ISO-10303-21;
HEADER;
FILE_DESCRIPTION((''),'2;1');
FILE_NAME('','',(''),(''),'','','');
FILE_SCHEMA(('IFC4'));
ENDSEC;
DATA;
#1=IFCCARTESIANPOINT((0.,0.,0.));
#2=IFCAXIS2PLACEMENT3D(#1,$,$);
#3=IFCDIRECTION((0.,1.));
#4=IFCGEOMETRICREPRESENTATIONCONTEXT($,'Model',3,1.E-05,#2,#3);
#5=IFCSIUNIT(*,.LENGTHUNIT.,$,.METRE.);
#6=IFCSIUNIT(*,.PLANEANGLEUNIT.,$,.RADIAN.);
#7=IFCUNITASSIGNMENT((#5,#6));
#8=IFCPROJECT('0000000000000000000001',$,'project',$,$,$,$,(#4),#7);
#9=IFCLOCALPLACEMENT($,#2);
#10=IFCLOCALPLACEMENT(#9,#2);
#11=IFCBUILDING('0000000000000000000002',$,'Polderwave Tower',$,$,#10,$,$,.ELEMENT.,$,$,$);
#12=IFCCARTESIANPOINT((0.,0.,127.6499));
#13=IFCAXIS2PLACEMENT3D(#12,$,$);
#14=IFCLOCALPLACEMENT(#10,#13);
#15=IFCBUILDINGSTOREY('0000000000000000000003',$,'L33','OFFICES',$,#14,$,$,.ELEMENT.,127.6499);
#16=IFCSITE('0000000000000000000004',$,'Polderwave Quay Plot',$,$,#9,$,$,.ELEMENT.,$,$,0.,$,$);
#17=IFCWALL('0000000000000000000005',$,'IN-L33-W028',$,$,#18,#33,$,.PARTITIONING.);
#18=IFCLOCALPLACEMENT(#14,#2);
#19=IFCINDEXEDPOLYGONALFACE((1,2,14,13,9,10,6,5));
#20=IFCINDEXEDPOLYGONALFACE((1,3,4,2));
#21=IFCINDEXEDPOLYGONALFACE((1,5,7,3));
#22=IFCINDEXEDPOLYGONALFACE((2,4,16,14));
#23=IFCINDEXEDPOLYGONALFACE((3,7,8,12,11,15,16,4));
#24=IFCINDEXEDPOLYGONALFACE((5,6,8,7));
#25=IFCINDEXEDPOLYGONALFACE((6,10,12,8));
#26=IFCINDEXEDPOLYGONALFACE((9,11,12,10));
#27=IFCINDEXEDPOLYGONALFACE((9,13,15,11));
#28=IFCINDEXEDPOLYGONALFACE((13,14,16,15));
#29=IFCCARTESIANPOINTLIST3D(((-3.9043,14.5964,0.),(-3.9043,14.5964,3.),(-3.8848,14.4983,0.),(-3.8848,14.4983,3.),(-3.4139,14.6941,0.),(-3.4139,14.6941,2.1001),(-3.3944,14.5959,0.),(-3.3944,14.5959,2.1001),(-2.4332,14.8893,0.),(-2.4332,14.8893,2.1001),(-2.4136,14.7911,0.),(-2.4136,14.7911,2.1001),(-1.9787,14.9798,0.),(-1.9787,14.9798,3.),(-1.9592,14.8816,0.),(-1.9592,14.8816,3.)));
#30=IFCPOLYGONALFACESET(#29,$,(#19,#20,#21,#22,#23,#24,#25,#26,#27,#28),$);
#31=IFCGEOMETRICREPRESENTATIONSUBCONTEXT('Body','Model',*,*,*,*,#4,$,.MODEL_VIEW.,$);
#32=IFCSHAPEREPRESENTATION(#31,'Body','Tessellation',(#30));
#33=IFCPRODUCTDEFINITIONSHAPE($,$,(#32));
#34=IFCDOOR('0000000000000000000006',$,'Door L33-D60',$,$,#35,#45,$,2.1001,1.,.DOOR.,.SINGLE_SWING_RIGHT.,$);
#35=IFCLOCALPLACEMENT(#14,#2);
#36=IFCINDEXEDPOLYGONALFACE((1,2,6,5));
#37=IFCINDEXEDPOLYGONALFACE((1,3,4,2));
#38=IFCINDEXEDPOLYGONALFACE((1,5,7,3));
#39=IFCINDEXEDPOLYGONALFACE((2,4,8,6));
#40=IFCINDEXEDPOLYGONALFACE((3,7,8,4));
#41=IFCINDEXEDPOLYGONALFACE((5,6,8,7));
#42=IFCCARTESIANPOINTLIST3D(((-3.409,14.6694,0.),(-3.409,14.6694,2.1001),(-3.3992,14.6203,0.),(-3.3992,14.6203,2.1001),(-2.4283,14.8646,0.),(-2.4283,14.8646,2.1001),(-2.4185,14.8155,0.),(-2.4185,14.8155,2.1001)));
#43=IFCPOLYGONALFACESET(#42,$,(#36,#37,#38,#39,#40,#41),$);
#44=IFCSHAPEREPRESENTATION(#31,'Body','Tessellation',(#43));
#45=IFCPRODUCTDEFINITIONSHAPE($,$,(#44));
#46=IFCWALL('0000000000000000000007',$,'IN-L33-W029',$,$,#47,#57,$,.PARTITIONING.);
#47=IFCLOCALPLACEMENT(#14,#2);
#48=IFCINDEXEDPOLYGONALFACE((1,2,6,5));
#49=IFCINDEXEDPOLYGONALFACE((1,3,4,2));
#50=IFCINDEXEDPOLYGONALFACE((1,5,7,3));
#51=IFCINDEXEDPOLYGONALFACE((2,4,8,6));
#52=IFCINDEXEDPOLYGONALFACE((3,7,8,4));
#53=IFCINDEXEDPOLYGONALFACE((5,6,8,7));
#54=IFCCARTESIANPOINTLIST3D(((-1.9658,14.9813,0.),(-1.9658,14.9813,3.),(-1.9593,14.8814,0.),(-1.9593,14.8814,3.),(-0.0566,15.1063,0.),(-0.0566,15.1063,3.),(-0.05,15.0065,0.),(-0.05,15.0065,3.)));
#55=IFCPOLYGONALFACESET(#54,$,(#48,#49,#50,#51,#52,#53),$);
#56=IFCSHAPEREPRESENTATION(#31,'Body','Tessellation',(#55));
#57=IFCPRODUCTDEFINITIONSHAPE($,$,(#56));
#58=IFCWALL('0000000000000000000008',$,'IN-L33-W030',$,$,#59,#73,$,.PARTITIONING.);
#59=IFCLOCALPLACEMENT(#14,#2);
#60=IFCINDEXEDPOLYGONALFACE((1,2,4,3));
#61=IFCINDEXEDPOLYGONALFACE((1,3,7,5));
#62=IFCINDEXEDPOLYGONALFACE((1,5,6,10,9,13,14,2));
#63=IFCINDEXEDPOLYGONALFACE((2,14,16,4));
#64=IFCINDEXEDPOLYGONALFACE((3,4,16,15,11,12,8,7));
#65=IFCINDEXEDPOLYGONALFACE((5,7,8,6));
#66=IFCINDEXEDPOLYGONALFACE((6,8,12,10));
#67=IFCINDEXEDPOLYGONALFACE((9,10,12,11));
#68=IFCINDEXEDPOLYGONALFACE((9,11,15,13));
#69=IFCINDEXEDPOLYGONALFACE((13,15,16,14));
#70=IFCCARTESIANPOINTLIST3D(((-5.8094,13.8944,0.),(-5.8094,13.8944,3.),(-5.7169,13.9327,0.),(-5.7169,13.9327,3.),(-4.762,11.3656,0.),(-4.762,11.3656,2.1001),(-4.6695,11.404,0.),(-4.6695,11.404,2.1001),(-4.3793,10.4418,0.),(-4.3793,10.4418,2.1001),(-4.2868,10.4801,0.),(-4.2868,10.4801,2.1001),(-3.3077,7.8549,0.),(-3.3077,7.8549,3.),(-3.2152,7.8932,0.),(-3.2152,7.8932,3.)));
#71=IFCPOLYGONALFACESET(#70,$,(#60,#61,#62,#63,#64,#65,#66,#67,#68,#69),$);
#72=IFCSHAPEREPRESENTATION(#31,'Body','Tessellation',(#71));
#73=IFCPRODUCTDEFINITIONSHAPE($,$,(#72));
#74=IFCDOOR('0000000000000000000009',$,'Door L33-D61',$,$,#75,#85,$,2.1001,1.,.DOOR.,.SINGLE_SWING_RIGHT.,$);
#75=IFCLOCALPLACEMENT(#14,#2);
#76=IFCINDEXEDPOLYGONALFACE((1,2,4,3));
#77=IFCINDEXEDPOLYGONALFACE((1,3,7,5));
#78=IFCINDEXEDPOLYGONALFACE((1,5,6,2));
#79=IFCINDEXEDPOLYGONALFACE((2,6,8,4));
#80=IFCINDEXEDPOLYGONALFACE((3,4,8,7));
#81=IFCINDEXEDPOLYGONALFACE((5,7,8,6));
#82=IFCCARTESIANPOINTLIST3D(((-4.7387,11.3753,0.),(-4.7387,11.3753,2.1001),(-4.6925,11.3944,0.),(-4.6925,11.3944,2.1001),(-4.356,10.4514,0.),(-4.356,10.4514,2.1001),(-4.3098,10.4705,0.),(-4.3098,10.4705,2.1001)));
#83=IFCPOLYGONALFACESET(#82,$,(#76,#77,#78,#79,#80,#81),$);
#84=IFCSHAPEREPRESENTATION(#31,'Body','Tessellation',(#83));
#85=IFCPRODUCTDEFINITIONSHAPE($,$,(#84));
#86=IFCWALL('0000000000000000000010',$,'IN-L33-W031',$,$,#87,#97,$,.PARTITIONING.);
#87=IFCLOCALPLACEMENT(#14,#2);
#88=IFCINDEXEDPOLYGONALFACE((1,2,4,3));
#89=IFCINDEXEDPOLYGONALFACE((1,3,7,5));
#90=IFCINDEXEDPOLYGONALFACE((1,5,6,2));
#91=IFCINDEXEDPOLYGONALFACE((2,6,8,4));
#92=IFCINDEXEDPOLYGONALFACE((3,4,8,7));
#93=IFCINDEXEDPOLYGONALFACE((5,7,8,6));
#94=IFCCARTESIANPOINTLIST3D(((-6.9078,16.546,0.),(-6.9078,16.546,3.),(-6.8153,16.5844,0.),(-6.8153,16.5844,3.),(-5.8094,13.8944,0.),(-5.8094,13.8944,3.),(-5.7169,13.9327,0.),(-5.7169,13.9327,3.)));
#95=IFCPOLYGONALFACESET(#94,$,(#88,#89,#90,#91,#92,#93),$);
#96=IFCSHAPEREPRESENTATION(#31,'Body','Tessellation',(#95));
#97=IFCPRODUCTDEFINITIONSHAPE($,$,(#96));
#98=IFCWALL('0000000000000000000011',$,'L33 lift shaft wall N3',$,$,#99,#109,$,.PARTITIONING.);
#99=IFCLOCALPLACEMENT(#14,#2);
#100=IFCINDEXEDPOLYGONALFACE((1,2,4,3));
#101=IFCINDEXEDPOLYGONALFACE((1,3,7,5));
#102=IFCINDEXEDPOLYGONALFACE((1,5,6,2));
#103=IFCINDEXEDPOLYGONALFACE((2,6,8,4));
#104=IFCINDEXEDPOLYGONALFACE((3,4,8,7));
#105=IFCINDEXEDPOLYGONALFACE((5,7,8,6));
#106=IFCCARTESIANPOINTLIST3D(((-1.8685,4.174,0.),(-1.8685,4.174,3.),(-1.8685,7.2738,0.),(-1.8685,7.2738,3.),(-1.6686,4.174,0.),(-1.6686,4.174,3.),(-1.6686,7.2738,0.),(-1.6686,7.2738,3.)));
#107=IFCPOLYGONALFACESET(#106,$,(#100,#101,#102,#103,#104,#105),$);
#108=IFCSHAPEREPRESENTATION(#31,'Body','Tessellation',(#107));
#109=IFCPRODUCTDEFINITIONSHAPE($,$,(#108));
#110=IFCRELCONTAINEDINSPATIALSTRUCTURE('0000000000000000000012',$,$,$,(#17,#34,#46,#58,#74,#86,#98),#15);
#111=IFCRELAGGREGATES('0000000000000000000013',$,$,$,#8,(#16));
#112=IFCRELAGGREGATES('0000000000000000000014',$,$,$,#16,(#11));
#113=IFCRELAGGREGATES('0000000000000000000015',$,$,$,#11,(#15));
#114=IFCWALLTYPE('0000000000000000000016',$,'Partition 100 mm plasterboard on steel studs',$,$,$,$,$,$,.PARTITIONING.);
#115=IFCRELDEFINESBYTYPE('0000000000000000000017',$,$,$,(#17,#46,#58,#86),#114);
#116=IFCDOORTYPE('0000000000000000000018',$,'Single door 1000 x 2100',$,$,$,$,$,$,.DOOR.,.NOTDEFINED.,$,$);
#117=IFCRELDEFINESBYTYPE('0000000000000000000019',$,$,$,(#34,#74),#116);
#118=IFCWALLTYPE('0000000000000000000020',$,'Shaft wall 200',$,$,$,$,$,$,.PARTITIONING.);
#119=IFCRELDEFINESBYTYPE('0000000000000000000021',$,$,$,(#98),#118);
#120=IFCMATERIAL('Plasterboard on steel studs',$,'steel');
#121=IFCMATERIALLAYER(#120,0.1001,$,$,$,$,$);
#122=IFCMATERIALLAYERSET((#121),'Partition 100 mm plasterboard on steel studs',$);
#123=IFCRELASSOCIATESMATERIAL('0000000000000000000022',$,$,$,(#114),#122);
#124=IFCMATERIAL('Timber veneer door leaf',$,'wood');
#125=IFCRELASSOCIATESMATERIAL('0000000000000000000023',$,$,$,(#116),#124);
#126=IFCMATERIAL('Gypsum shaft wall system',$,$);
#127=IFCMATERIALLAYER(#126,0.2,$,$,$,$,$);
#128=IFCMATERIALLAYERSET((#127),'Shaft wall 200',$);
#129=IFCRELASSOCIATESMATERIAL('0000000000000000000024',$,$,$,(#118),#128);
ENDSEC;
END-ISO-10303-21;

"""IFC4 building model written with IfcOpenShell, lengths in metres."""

from ifc_helpers import new_model, si_unit, direction, frame, frame_2d, origin, place, context, subcontext, project, spatial, rectangle, extrude, material, layer, layer_set, type_object, element, fill, save


model = new_model("IFC4")

# Units and contexts
model_context = context("Model", 3, precision=1e-05, world=origin(), true_north=direction((0.0, 1.0)))
body_context = subcontext(model_context, "Body", "Model", "MODEL_VIEW")
ifc_project = project(units=[si_unit("LENGTHUNIT", "METRE"), si_unit("PLANEANGLEUNIT", "RADIAN")], contexts=[model_context])

# Site, building, storey
site_placement = place(None, origin())
site = spatial("IfcSite", under=ifc_project, at=site_placement, Name="Polderwave Quay Plot", CompositionType="ELEMENT", RefElevation=0.0)
building_placement = place(site_placement, origin())
building = spatial("IfcBuilding", under=site, at=building_placement, Name="Polderwave Tower", CompositionType="ELEMENT")
storey_placement = place(building_placement, frame((0.0, 0.0, 127.6499)))
storey = spatial("IfcBuildingStorey", under=building, at=storey_placement, Name="L33", Description="OFFICES", CompositionType="ELEMENT", Elevation=127.6499)

# Shared definitions
ifc_material_1 = material(Name="Plasterboard on steel studs", Category="steel")
ifc_layer_1 = layer(ifc_material_1, 0.1001)
ifc_layer_set_1 = layer_set([ifc_layer_1], Name="Partition 100 mm plasterboard on steel studs")
wall_type_1 = type_object("IfcWallType", Name="Partition 100 mm plasterboard on steel studs", PredefinedType="PARTITIONING", material=ifc_layer_set_1)

# Wall, opening, door
wall_1_placement = place(storey_placement, frame((-3.8945, 14.5474, 0.0), z_axis=(0.0, 0.0, 1.0), x_axis=(0.980757, 0.195231, 0.0)))
wall_1 = element("IfcWall", 1, at=wall_1_placement, inside=storey, type_object=wall_type_1, Name="IN-L33-W028", PredefinedType="PARTITIONING", context=body_context, shape_type="SweptSolid", body=[
    extrude(rectangle(XDim=1.9634, YDim=0.1001, at=frame_2d((0.9817, 0.0))), origin(), (0.0, 0.0, 1.0), 3.0),
])
opening_1_placement = place(wall_1_placement, frame((0.5, 0.0, 0.0)))
opening_1 = element("IfcOpeningElement", 2, at=opening_1_placement, cuts=wall_1, PredefinedType="OPENING", context=body_context, shape_type="SweptSolid", body=[
    extrude(rectangle(XDim=1.0, YDim=2.1001, at=frame_2d((0.5, 1.05))), frame((0.0, 0.0601, 0.0), z_axis=(0.0, -1.0, 0.0), x_axis=(1.0, 0.0, 0.0)), (0.0, 0.0, 1.0), 0.1201),
])
ifc_material_2 = material(Name="Timber veneer door leaf", Category="wood")
door_type = type_object("IfcDoorType", Name="Single door 1000 x 2100", OperationType="NOTDEFINED", PredefinedType="DOOR", material=ifc_material_2)
door_1_placement = place(opening_1_placement, origin())
door_1 = element("IfcDoor", 3, at=door_1_placement, inside=storey, type_object=door_type, Name="Door L33-D60", OperationType="SINGLE_SWING_RIGHT", OverallHeight=2.1001, OverallWidth=1.0, PredefinedType="DOOR", context=body_context, shape_type="SweptSolid", body=[
    extrude(rectangle(XDim=1.0, YDim=2.1001, at=frame_2d((0.5, 1.05))), frame((0.0, 0.0249, 0.0), z_axis=(0.0, -1.0, 0.0), x_axis=(1.0, 0.0, 0.0)), (0.0, 0.0, 1.0), 0.05),
])
fill(opening_1, door_1)

# Wall
wall_2_placement = place(storey_placement, frame((-1.9624, 14.9314, 0.0), z_axis=(0.0, 0.0, 1.0), x_axis=(0.997864, 0.065333, 0.0)))
element("IfcWall", 4, at=wall_2_placement, inside=storey, type_object=wall_type_1, Name="IN-L33-W029", PredefinedType="PARTITIONING", context=body_context, shape_type="SweptSolid", body=[
    extrude(rectangle(XDim=1.9133, YDim=0.1001, at=frame_2d((0.9565, 0.0))), origin(), (0.0, 0.0, 1.0), 3.0),
])

# Wall, opening, door
wall_3_placement = place(storey_placement, frame((-3.2615, 7.874, 0.0), z_axis=(0.0, 0.0, 1.0), x_axis=(-0.382689, 0.923877, 0.0)))
wall_3 = element("IfcWall", 5, at=wall_3_placement, inside=storey, type_object=wall_type_1, Name="IN-L33-W030", PredefinedType="PARTITIONING", context=body_context, shape_type="SweptSolid", body=[
    extrude(rectangle(XDim=6.5371, YDim=0.1001, at=frame_2d((3.2686, 0.0))), origin(), (0.0, 0.0, 1.0), 3.0),
])
opening_2_placement = place(wall_3_placement, frame((2.8, 0.0, 0.0)))
opening_2 = element("IfcOpeningElement", 6, at=opening_2_placement, cuts=wall_3, PredefinedType="OPENING", context=body_context, shape_type="SweptSolid", body=[
    extrude(rectangle(XDim=1.0, YDim=2.1001, at=frame_2d((0.5, 1.05))), frame((0.0, 0.0601, 0.0), z_axis=(0.0, -1.0, 0.0), x_axis=(1.0, 0.0, 0.0)), (0.0, 0.0, 1.0), 0.1201),
])
door_2_placement = place(opening_2_placement, origin())
door_2 = element("IfcDoor", 7, at=door_2_placement, inside=storey, type_object=door_type, Name="Door L33-D61", OperationType="SINGLE_SWING_RIGHT", OverallHeight=2.1001, OverallWidth=1.0, PredefinedType="DOOR", context=body_context, shape_type="SweptSolid", body=[
    extrude(rectangle(XDim=1.0, YDim=2.1001, at=frame_2d((0.5, 1.05))), frame((0.0, 0.0249, 0.0), z_axis=(0.0, -1.0, 0.0), x_axis=(1.0, 0.0, 0.0)), (0.0, 0.0, 1.0), 0.05),
])
fill(opening_2, door_2)

# Walls
wall_4_placement = place(storey_placement, frame((-5.7632, 13.9136, 0.0), z_axis=(0.0, 0.0, 1.0), x_axis=(-0.3827, 0.923873, 0.0)))
element("IfcWall", 8, at=wall_4_placement, inside=storey, type_object=wall_type_1, Name="IN-L33-W031", PredefinedType="PARTITIONING", context=body_context, shape_type="SweptSolid", body=[
    extrude(rectangle(XDim=2.8701, YDim=0.1001, at=frame_2d((1.4351, 0.0))), origin(), (0.0, 0.0, 1.0), 3.0),
])
ifc_material_3 = material(Name="Gypsum shaft wall system")
ifc_layer_2 = layer(ifc_material_3, 0.2)
ifc_layer_set_2 = layer_set([ifc_layer_2], Name="Shaft wall 200")
wall_type_2 = type_object("IfcWallType", Name="Shaft wall 200", PredefinedType="PARTITIONING", material=ifc_layer_set_2)
wall_5_placement = place(storey_placement, frame((-1.7686, 4.1741, 0.0), z_axis=(0.0, 0.0, 1.0), x_axis=(0.0, 1.0, 0.0)))
element("IfcWall", 9, at=wall_5_placement, inside=storey, type_object=wall_type_2, Name="L33 lift shaft wall N3", PredefinedType="PARTITIONING", context=body_context, shape_type="SweptSolid", body=[
    extrude(rectangle(XDim=3.0999, YDim=0.2, at=frame_2d((1.5498, 0.0))), origin(), (0.0, 0.0, 1.0), 3.0),
])

save(model, "model.ifc")
